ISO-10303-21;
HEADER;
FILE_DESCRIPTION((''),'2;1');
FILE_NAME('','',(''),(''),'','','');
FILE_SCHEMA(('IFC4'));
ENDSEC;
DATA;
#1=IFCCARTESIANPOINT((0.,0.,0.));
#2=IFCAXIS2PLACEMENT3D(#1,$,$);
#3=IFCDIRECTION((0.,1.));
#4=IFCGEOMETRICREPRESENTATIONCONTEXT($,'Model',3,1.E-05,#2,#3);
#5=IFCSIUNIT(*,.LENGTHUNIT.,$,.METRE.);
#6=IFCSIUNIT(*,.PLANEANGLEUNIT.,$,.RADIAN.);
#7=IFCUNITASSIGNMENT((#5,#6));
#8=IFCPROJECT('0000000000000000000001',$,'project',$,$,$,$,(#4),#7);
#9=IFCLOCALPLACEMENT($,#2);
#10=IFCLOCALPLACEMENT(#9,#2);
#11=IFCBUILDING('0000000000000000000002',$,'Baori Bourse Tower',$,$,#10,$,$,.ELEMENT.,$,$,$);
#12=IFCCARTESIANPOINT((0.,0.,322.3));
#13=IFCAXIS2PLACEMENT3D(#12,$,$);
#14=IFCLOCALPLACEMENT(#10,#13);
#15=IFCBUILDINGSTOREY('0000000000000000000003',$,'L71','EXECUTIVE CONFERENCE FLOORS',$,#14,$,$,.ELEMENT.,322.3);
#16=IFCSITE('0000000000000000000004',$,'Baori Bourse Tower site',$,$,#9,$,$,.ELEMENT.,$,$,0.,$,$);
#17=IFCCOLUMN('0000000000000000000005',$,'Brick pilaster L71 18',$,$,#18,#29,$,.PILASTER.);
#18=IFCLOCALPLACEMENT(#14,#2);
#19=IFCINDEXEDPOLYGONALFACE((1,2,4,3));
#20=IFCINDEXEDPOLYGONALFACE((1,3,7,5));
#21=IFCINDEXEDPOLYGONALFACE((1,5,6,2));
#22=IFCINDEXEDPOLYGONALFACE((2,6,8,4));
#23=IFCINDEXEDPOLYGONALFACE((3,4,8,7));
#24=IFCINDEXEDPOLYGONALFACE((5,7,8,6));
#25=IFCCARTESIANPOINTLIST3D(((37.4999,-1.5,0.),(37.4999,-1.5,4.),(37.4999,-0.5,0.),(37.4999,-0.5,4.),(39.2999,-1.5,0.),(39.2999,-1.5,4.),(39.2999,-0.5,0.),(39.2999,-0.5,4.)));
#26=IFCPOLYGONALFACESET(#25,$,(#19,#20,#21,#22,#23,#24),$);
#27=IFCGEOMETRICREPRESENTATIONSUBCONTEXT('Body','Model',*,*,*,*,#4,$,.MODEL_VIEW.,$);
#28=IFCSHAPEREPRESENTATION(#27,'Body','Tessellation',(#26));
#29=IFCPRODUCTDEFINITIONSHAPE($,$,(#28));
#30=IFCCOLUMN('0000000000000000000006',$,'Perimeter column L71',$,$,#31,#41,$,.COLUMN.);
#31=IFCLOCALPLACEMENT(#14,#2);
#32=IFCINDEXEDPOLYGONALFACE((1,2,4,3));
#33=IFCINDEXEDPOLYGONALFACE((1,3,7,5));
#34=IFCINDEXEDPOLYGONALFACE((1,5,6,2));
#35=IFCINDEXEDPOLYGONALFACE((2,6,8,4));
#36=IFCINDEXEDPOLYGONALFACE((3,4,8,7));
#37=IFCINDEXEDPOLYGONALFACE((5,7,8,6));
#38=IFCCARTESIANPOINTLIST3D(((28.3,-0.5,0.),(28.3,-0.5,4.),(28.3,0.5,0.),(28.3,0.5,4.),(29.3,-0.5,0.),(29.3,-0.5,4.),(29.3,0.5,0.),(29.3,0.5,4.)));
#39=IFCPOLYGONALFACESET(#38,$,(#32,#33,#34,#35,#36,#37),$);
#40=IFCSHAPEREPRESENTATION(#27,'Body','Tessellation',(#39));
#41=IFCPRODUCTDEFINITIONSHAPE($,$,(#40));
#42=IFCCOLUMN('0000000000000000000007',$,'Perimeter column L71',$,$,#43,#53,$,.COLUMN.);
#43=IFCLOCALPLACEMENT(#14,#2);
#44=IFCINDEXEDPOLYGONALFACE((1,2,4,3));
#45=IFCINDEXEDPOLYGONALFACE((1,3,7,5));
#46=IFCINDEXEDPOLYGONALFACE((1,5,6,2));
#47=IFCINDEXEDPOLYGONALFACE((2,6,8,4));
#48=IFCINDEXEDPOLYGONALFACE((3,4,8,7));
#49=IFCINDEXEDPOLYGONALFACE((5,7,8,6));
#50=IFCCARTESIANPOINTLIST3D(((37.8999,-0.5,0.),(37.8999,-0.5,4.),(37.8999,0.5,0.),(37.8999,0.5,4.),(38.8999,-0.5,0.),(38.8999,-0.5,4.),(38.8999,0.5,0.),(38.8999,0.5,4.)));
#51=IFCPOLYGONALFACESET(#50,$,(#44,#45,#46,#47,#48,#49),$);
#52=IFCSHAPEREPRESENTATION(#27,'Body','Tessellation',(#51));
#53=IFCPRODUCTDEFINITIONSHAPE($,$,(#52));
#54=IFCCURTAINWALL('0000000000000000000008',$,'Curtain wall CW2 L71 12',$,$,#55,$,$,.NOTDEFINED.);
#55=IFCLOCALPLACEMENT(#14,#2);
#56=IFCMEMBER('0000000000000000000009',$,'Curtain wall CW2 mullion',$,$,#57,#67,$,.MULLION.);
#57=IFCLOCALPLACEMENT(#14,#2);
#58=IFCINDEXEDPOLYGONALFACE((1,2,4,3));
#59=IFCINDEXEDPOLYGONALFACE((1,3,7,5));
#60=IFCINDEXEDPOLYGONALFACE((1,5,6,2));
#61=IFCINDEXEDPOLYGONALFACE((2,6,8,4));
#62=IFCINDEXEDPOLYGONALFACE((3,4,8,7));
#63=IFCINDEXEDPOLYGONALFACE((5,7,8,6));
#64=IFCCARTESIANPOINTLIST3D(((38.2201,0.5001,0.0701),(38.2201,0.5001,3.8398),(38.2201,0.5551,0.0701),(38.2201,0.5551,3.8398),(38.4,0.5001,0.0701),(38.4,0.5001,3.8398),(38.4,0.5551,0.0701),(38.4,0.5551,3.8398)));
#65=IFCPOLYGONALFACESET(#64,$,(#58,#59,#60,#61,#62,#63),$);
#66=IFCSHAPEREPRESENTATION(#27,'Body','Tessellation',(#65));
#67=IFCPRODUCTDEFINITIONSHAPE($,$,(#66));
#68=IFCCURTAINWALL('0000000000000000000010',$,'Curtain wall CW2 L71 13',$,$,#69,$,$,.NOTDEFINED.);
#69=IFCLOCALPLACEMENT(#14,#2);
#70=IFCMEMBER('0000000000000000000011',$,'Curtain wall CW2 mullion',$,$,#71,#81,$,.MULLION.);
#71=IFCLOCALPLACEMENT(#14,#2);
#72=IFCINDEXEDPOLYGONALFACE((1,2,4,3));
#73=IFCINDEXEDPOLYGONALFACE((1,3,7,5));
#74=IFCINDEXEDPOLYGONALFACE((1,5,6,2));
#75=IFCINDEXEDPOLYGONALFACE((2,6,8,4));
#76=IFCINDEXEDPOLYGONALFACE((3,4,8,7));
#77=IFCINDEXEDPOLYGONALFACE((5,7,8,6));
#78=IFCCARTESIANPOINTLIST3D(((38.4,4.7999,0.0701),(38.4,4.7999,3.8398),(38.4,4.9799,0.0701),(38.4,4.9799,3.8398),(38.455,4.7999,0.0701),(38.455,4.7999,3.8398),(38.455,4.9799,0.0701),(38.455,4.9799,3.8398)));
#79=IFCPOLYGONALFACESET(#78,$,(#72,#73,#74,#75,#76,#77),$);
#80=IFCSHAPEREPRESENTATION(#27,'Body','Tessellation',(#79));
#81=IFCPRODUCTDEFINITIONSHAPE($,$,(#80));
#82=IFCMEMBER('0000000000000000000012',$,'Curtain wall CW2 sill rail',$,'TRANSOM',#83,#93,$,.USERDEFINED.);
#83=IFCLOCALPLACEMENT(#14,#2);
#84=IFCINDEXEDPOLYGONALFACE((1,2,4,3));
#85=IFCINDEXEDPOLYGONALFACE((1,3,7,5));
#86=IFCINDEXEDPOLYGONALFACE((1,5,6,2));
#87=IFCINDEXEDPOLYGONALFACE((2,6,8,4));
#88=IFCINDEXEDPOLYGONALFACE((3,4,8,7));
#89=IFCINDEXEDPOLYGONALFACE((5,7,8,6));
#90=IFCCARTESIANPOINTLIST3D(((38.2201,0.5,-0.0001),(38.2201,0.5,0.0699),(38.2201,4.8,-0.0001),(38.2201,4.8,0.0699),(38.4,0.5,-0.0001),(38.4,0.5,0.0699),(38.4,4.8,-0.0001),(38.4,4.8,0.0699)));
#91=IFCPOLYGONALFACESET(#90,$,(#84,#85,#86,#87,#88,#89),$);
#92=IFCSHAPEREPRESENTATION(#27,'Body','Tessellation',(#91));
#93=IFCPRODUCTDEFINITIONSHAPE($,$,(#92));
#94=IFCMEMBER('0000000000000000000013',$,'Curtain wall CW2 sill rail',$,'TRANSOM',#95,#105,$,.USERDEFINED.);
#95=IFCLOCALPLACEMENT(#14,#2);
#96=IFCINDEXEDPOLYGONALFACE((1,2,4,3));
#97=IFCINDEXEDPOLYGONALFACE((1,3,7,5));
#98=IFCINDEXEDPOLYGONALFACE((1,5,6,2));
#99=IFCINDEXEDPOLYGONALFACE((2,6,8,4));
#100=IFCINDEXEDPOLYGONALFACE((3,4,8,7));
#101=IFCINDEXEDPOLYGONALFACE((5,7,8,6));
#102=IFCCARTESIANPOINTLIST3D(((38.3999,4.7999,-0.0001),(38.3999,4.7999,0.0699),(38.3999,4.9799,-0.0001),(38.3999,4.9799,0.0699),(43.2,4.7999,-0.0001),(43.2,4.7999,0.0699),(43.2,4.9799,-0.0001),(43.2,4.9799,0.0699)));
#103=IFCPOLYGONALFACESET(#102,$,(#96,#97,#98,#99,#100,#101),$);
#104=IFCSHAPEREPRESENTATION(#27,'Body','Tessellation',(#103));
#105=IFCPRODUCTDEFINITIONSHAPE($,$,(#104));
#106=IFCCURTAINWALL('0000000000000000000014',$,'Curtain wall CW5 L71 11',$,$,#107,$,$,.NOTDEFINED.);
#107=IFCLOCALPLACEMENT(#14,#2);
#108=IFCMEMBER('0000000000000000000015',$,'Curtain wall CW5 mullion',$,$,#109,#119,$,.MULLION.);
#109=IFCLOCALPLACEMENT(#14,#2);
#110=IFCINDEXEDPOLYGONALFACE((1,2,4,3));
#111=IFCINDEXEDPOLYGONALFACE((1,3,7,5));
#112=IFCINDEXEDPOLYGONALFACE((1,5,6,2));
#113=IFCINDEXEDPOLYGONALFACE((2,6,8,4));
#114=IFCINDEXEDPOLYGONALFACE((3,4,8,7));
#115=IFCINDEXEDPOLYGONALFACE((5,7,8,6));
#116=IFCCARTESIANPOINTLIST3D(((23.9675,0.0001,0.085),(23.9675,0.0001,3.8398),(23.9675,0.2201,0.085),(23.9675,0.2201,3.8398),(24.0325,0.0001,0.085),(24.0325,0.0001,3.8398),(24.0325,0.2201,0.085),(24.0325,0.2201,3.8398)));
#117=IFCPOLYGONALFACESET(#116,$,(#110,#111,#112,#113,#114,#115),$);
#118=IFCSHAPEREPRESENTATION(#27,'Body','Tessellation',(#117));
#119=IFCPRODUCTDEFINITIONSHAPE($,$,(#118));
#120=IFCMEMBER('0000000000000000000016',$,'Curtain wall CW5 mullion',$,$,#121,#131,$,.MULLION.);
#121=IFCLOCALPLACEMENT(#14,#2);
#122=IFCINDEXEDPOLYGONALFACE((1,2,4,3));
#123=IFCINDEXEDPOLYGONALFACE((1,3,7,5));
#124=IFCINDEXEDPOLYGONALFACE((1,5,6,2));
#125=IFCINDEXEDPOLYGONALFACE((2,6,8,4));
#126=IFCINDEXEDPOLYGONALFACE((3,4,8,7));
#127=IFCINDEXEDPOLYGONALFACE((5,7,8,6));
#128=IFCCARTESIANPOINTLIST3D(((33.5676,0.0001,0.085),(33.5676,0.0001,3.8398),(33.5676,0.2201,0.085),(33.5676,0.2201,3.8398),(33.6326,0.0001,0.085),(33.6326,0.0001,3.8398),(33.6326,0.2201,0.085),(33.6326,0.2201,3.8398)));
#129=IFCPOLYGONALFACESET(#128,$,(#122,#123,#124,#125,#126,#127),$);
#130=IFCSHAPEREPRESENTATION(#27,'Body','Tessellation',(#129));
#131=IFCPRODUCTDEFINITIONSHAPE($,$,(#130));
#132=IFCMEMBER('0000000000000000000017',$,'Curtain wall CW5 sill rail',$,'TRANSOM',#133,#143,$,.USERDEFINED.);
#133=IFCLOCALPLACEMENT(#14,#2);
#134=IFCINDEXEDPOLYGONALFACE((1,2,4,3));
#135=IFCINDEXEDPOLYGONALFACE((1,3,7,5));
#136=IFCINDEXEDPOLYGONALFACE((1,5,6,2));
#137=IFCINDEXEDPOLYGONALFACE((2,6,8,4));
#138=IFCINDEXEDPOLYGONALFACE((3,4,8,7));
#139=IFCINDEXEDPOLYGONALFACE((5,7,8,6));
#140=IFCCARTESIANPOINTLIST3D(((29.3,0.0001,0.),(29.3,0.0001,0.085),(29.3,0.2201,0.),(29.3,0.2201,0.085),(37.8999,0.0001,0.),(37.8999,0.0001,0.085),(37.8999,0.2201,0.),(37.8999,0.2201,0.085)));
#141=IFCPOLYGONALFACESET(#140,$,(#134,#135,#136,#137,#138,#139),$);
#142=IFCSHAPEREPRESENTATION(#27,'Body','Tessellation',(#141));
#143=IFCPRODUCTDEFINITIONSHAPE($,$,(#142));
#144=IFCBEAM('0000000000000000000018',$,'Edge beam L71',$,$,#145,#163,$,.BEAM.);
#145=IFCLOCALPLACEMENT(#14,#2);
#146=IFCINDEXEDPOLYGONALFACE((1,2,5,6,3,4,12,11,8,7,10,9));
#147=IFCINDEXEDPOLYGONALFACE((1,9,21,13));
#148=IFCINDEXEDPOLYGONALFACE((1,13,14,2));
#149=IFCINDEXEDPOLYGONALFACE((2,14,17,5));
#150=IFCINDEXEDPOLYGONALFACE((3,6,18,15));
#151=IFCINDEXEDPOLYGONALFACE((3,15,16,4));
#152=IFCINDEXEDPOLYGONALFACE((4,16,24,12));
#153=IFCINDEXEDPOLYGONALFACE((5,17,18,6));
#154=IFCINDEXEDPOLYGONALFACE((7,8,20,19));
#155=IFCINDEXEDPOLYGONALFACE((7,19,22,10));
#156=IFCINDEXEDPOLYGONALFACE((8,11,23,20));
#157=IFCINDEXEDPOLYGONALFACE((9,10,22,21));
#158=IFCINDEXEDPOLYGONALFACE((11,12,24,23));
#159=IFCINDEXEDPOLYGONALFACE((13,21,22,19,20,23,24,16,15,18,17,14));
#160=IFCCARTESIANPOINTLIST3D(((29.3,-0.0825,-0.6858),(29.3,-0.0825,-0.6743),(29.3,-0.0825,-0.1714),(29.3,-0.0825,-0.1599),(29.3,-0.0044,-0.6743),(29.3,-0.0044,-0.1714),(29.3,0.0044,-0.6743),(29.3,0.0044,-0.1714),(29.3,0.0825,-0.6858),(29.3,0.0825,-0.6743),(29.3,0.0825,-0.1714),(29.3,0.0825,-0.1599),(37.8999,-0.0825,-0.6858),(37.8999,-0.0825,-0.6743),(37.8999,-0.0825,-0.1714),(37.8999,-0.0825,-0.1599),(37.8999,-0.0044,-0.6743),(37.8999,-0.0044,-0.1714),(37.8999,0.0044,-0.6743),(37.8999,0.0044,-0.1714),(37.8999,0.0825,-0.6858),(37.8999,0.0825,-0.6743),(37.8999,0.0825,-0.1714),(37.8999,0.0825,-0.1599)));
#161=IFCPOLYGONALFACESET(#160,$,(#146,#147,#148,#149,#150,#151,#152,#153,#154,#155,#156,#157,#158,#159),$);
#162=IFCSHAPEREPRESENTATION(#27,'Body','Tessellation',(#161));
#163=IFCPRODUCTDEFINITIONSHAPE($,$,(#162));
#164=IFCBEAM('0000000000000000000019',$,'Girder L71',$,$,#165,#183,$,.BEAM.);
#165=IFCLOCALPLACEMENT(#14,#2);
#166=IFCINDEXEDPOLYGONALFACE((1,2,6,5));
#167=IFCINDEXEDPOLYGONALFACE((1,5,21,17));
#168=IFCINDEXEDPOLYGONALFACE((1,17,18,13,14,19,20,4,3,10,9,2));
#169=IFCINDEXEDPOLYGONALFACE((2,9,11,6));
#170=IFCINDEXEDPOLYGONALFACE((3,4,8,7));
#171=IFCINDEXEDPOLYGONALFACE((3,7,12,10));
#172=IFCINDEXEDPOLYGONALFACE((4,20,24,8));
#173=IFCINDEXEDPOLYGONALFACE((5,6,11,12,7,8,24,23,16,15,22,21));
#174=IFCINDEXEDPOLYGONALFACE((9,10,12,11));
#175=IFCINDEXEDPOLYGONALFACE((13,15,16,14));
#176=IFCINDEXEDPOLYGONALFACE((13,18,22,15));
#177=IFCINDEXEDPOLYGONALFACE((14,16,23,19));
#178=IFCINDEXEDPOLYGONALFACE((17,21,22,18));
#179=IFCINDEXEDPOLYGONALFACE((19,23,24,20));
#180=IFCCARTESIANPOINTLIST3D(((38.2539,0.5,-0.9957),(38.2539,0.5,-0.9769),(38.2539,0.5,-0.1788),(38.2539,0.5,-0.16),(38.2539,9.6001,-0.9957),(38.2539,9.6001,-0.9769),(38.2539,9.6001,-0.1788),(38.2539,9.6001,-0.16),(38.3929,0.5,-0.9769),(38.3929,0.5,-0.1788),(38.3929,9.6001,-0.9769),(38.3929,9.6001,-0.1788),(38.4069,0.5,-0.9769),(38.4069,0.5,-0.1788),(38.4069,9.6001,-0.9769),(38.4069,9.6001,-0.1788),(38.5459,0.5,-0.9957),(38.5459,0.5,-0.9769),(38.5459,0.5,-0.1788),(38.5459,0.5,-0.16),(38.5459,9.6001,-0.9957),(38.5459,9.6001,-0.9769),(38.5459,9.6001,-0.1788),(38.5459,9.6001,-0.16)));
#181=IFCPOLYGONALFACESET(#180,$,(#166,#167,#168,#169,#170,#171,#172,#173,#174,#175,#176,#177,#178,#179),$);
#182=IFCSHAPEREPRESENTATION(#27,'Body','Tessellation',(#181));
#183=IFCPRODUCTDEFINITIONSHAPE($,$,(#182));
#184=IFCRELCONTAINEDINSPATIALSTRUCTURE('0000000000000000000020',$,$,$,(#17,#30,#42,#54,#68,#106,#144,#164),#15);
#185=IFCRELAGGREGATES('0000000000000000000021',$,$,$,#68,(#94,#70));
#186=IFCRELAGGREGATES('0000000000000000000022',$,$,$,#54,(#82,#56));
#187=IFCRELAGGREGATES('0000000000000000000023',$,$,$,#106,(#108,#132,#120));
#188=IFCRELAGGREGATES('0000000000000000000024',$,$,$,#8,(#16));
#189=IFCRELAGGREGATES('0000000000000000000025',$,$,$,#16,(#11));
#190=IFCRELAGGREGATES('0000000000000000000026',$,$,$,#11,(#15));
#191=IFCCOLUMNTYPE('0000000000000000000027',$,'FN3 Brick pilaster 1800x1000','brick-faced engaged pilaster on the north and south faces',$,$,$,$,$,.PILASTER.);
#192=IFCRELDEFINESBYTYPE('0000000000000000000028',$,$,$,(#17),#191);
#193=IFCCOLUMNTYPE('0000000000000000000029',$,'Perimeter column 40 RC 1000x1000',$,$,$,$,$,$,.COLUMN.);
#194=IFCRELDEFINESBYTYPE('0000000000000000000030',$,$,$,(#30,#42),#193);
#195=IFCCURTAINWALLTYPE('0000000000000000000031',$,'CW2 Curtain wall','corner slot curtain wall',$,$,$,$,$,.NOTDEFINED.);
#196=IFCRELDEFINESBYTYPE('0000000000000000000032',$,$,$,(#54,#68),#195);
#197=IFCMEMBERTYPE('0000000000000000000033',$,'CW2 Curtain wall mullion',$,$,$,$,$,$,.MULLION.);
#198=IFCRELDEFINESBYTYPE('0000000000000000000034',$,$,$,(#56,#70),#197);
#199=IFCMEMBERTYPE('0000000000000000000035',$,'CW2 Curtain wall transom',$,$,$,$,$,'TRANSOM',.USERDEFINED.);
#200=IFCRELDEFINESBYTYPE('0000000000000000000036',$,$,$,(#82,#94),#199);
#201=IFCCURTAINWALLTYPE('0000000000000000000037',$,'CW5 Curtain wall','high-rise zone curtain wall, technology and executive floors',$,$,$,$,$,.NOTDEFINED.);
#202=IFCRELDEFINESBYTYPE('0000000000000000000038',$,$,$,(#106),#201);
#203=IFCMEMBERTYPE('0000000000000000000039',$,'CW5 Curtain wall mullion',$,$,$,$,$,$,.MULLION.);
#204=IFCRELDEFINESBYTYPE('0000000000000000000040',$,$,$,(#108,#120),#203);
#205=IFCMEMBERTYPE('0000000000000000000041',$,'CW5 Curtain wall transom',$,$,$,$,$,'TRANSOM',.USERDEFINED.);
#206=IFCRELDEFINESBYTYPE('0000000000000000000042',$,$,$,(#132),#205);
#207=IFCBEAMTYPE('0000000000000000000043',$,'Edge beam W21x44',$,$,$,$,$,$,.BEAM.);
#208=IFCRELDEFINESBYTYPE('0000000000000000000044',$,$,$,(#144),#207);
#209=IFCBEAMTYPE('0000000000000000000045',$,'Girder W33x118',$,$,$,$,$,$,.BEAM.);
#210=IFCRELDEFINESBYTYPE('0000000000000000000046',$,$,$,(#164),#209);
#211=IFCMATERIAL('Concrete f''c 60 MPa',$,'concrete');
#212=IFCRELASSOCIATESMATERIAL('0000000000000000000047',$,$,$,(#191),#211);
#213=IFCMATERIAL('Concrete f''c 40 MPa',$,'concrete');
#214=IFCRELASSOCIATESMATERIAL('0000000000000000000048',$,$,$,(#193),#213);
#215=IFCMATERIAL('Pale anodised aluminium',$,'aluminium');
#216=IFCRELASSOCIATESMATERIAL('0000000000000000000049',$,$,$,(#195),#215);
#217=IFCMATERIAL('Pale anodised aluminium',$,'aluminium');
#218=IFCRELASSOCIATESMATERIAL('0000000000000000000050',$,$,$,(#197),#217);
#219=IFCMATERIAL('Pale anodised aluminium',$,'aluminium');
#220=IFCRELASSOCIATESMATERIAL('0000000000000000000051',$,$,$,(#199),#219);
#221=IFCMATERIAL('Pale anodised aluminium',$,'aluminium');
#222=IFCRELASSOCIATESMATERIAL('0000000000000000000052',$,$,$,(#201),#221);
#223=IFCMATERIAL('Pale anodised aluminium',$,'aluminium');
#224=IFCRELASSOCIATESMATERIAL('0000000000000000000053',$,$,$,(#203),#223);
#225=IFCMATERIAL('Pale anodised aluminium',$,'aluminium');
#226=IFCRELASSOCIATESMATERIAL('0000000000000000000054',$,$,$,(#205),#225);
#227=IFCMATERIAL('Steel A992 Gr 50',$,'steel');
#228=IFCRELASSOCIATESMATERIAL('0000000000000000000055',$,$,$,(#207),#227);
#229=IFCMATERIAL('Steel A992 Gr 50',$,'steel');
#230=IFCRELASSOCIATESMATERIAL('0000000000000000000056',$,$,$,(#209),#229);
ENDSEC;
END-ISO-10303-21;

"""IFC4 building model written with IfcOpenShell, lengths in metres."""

from ifc_helpers import new_model, si_unit, direction, frame, origin, origin_2d, place, context, subcontext, project, spatial, rectangle, i_section, extrude, material, material_profile, profile_set, type_object, element, aggregate, save


model = new_model("IFC4")

# Units and contexts
model_context = context("Model", 3, precision=1e-05, world=origin(), true_north=direction((0.0, 1.0)))
body_context = subcontext(model_context, "Body", "Model", "MODEL_VIEW")
ifc_project = project(units=[si_unit("LENGTHUNIT", "METRE"), si_unit("PLANEANGLEUNIT", "RADIAN")], contexts=[model_context])

# Site, building, storey
site_placement = place(None, origin())
site = spatial("IfcSite", under=ifc_project, at=site_placement, Name="Baori Bourse Tower site", CompositionType="ELEMENT", RefElevation=0.0)
building_placement = place(site_placement, origin())
building = spatial("IfcBuilding", under=site, at=building_placement, Name="Baori Bourse Tower", CompositionType="ELEMENT")
storey_placement = place(building_placement, frame((0.0, 0.0, 322.3)))
storey = spatial("IfcBuildingStorey", under=building, at=storey_placement, Name="L71", Description="EXECUTIVE CONFERENCE FLOORS", CompositionType="ELEMENT", Elevation=322.3)

# Columns
ifc_material_1 = material(Name="Concrete f'c 60 MPa", Category="concrete")
ifc_material_profile_1 = material_profile(ifc_material_1, rectangle(XDim=1.8, YDim=1.0, at=origin_2d()), Name="RC 1800x1000")
ifc_profile_set_1 = profile_set([ifc_material_profile_1], Name="Concrete f'c 60 MPa")
column_type_1 = type_object("IfcColumnType", Name="FN3 Brick pilaster 1800x1000", Description="brick-faced engaged pilaster on the north and south faces", PredefinedType="PILASTER", material=ifc_profile_set_1)
column_placement = place(storey_placement, frame((38.3999, -1.0, 0.0), z_axis=(0.0, 0.0, 1.0), x_axis=(1.0, 0.0, 0.0)))
element("IfcColumn", 1, at=column_placement, inside=storey, type_object=column_type_1, Name="Brick pilaster L71 18", PredefinedType="PILASTER", context=body_context, shape_type="SweptSolid", body=[
    extrude(rectangle(XDim=1.8, YDim=1.0, at=origin_2d()), origin(), (0.0, 0.0, 1.0), 4.0),
])
ifc_material_2 = material(Name="Concrete f'c 40 MPa", Category="concrete")
ifc_material_profile_2 = material_profile(ifc_material_2, rectangle(XDim=1.0, YDim=1.0, at=origin_2d()), Name="RC 1000x1000")
ifc_profile_set_2 = profile_set([ifc_material_profile_2], Name="Concrete f'c 40 MPa")
column_type_2 = type_object("IfcColumnType", Name="Perimeter column 40 RC 1000x1000", PredefinedType="COLUMN", material=ifc_profile_set_2)
for number, where, z_axis, x_axis, name in (
    (2, (28.8, 0.0, 0.0), (0.0, 0.0, 1.0), (1.0, 0.0, 0.0), "Perimeter column L71"),
    (3, (38.3999, 0.0, 0.0), (0.0, 0.0, 1.0), (1.0, 0.0, 0.0), "Perimeter column L71"),
):
    element("IfcColumn", number, at=place(storey_placement, frame(where, z_axis=z_axis, x_axis=x_axis)), inside=storey, type_object=column_type_2, Name=name, PredefinedType="COLUMN", context=body_context, shape_type="SweptSolid", body=[
        extrude(rectangle(XDim=1.0, YDim=1.0, at=origin_2d()), origin(), (0.0, 0.0, 1.0), 4.0),
    ])

# Curtain walls, members
ifc_material_3 = material(Name="Pale anodised aluminium", Category="aluminium")
curtain_wall_type_1 = type_object("IfcCurtainWallType", Name="CW2 Curtain wall", Description="corner slot curtain wall", PredefinedType="NOTDEFINED", material=ifc_material_3)
curtain_wall_1_placement = place(storey_placement, origin())
curtain_wall_1 = element("IfcCurtainWall", 4, at=curtain_wall_1_placement, inside=storey, type_object=curtain_wall_type_1, Name="Curtain wall CW2 L71 12", PredefinedType="NOTDEFINED")
ifc_material_4 = material(Name="Pale anodised aluminium", Category="aluminium")
ifc_material_profile_3 = material_profile(ifc_material_4, rectangle(XDim=0.1799, YDim=0.0549, at=origin_2d()), Name="Mullion 55x180")
ifc_profile_set_3 = profile_set([ifc_material_profile_3], Name="Pale anodised aluminium")
member_type_1 = type_object("IfcMemberType", Name="CW2 Curtain wall mullion", PredefinedType="MULLION", material=ifc_profile_set_3)
member_1_placement = place(storey_placement, frame((38.3101, 0.5276, 0.0701), z_axis=(0.0, 0.0, 1.0), x_axis=(-1.0, 0.0, 0.0)))
member_1 = element("IfcMember", 5, at=member_1_placement, type_object=member_type_1, Name="Curtain wall CW2 mullion", PredefinedType="MULLION", context=body_context, shape_type="SweptSolid", body=[
    extrude(rectangle(XDim=0.1799, YDim=0.0549, at=origin_2d()), origin(), (0.0, 0.0, 1.0), 3.7698),
])
curtain_wall_2_placement = place(storey_placement, origin())
curtain_wall_2 = element("IfcCurtainWall", 6, at=curtain_wall_2_placement, inside=storey, type_object=curtain_wall_type_1, Name="Curtain wall CW2 L71 13", PredefinedType="NOTDEFINED")
member_2_placement = place(storey_placement, frame((38.4275, 4.8899, 0.0701), z_axis=(0.0, 0.0, 1.0), x_axis=(0.0, 1.0, 0.0)))
member_2 = element("IfcMember", 7, at=member_2_placement, type_object=member_type_1, Name="Curtain wall CW2 mullion", PredefinedType="MULLION", context=body_context, shape_type="SweptSolid", body=[
    extrude(rectangle(XDim=0.1799, YDim=0.0549, at=origin_2d()), origin(), (0.0, 0.0, 1.0), 3.7698),
])

# Members
ifc_material_5 = material(Name="Pale anodised aluminium", Category="aluminium")
ifc_material_profile_4 = material_profile(ifc_material_5, rectangle(XDim=0.1799, YDim=0.0701, at=origin_2d()), Name="Transom 70x180")
ifc_profile_set_4 = profile_set([ifc_material_profile_4], Name="Pale anodised aluminium")
member_type_2 = type_object("IfcMemberType", Name="CW2 Curtain wall transom", ElementType="TRANSOM", PredefinedType="USERDEFINED", material=ifc_profile_set_4)
member_3_placement = place(storey_placement, frame((38.3101, 0.5, 0.0349), z_axis=(0.0, 1.0, 0.0), x_axis=(-1.0, 0.0, 0.0)))
member_3 = element("IfcMember", 8, at=member_3_placement, type_object=member_type_2, Name="Curtain wall CW2 sill rail", ObjectType="TRANSOM", PredefinedType="USERDEFINED", context=body_context, shape_type="SweptSolid", body=[
    extrude(rectangle(XDim=0.1799, YDim=0.0701, at=origin_2d()), origin(), (0.0, 0.0, 1.0), 4.3),
])
member_4_placement = place(storey_placement, frame((38.3999, 4.8899, 0.0349), z_axis=(1.0, 0.0, 0.0), x_axis=(0.0, 1.0, 0.0)))
member_4 = element("IfcMember", 9, at=member_4_placement, type_object=member_type_2, Name="Curtain wall CW2 sill rail", ObjectType="TRANSOM", PredefinedType="USERDEFINED", context=body_context, shape_type="SweptSolid", body=[
    extrude(rectangle(XDim=0.1799, YDim=0.0701, at=origin_2d()), origin(), (0.0, 0.0, 1.0), 4.8),
])
aggregate(curtain_wall_2, [member_4, member_2])

# Curtain wall, members
ifc_material_6 = material(Name="Pale anodised aluminium", Category="aluminium")
curtain_wall_type_2 = type_object("IfcCurtainWallType", Name="CW5 Curtain wall", Description="high-rise zone curtain wall, technology and executive floors", PredefinedType="NOTDEFINED", material=ifc_material_6)
curtain_wall_3_placement = place(storey_placement, origin())
curtain_wall_3 = element("IfcCurtainWall", 10, at=curtain_wall_3_placement, inside=storey, type_object=curtain_wall_type_2, Name="Curtain wall CW5 L71 11", PredefinedType="NOTDEFINED")
ifc_material_7 = material(Name="Pale anodised aluminium", Category="aluminium")
ifc_material_profile_5 = material_profile(ifc_material_7, rectangle(XDim=0.22, YDim=0.0649, at=origin_2d()), Name="Mullion 65x220")
ifc_profile_set_5 = profile_set([ifc_material_profile_5], Name="Pale anodised aluminium")
member_type_3 = type_object("IfcMemberType", Name="CW5 Curtain wall mullion", PredefinedType="MULLION", material=ifc_profile_set_5)
member_5_placement = place(storey_placement, frame((24.0, 0.1101, 0.085), z_axis=(0.0, 0.0, 1.0), x_axis=(0.0, 1.0, 0.0)))
member_5 = element("IfcMember", 11, at=member_5_placement, type_object=member_type_3, Name="Curtain wall CW5 mullion", PredefinedType="MULLION", context=body_context, shape_type="SweptSolid", body=[
    extrude(rectangle(XDim=0.22, YDim=0.0649, at=origin_2d()), origin(), (0.0, 0.0, 1.0), 3.7549),
])
member_6_placement = place(storey_placement, frame((33.6001, 0.1101, 0.085), z_axis=(0.0, 0.0, 1.0), x_axis=(0.0, 1.0, 0.0)))
member_6 = element("IfcMember", 12, at=member_6_placement, type_object=member_type_3, Name="Curtain wall CW5 mullion", PredefinedType="MULLION", context=body_context, shape_type="SweptSolid", body=[
    extrude(rectangle(XDim=0.22, YDim=0.0649, at=origin_2d()), origin(), (0.0, 0.0, 1.0), 3.7549),
])
ifc_material_8 = material(Name="Pale anodised aluminium", Category="aluminium")
ifc_material_profile_6 = material_profile(ifc_material_8, rectangle(XDim=0.22, YDim=0.085, at=origin_2d()), Name="Transom 85x220")
ifc_profile_set_6 = profile_set([ifc_material_profile_6], Name="Pale anodised aluminium")
member_type_4 = type_object("IfcMemberType", Name="CW5 Curtain wall transom", ElementType="TRANSOM", PredefinedType="USERDEFINED", material=ifc_profile_set_6)
member_7_placement = place(storey_placement, frame((29.3, 0.1101, 0.0425), z_axis=(1.0, 0.0, 0.0), x_axis=(0.0, 1.0, 0.0)))
member_7 = element("IfcMember", 13, at=member_7_placement, type_object=member_type_4, Name="Curtain wall CW5 sill rail", ObjectType="TRANSOM", PredefinedType="USERDEFINED", context=body_context, shape_type="SweptSolid", body=[
    extrude(rectangle(XDim=0.22, YDim=0.085, at=origin_2d()), origin(), (0.0, 0.0, 1.0), 8.5999),
])

# Beams
ifc_material_9 = material(Name="Steel A992 Gr 50", Category="steel")
ifc_material_profile_7 = material_profile(ifc_material_9, i_section(OverallWidth=0.165, OverallDepth=0.5259, WebThickness=0.0088, FlangeThickness=0.0115, at=origin_2d()), Name="W21x44")
ifc_profile_set_7 = profile_set([ifc_material_profile_7], Name="Steel A992 Gr 50")
beam_type_1 = type_object("IfcBeamType", Name="Edge beam W21x44", PredefinedType="BEAM", material=ifc_profile_set_7)
beam_1_placement = place(storey_placement, frame((29.3, 0.0, -0.4229), z_axis=(1.0, 0.0, 0.0), x_axis=(0.0, 1.0, 0.0)))
element("IfcBeam", 14, at=beam_1_placement, inside=storey, type_object=beam_type_1, Name="Edge beam L71", PredefinedType="BEAM", context=body_context, shape_type="SweptSolid", body=[
    extrude(i_section(OverallWidth=0.165, OverallDepth=0.5259, WebThickness=0.0088, FlangeThickness=0.0115, at=origin_2d()), origin(), (0.0, 0.0, 1.0), 8.5999),
])
ifc_material_10 = material(Name="Steel A992 Gr 50", Category="steel")
ifc_material_profile_8 = material_profile(ifc_material_10, i_section(OverallWidth=0.292, OverallDepth=0.8357, WebThickness=0.0139, FlangeThickness=0.0188, at=origin_2d()), Name="W33x118")
ifc_profile_set_8 = profile_set([ifc_material_profile_8], Name="Steel A992 Gr 50")
beam_type_2 = type_object("IfcBeamType", Name="Girder W33x118", PredefinedType="BEAM", material=ifc_profile_set_8)
beam_2_placement = place(storey_placement, frame((38.3999, 0.5, -0.5779), z_axis=(0.0, 1.0, 0.0), x_axis=(-1.0, 0.0, 0.0)))
element("IfcBeam", 15, at=beam_2_placement, inside=storey, type_object=beam_type_2, Name="Girder L71", PredefinedType="BEAM", context=body_context, shape_type="SweptSolid", body=[
    extrude(i_section(OverallWidth=0.292, OverallDepth=0.8357, WebThickness=0.0139, FlangeThickness=0.0188, at=origin_2d()), origin(), (0.0, 0.0, 1.0), 9.1001),
])

aggregate(curtain_wall_1, [member_3, member_1])
aggregate(curtain_wall_3, [member_5, member_7, member_6])

save(model, "model.ifc")
